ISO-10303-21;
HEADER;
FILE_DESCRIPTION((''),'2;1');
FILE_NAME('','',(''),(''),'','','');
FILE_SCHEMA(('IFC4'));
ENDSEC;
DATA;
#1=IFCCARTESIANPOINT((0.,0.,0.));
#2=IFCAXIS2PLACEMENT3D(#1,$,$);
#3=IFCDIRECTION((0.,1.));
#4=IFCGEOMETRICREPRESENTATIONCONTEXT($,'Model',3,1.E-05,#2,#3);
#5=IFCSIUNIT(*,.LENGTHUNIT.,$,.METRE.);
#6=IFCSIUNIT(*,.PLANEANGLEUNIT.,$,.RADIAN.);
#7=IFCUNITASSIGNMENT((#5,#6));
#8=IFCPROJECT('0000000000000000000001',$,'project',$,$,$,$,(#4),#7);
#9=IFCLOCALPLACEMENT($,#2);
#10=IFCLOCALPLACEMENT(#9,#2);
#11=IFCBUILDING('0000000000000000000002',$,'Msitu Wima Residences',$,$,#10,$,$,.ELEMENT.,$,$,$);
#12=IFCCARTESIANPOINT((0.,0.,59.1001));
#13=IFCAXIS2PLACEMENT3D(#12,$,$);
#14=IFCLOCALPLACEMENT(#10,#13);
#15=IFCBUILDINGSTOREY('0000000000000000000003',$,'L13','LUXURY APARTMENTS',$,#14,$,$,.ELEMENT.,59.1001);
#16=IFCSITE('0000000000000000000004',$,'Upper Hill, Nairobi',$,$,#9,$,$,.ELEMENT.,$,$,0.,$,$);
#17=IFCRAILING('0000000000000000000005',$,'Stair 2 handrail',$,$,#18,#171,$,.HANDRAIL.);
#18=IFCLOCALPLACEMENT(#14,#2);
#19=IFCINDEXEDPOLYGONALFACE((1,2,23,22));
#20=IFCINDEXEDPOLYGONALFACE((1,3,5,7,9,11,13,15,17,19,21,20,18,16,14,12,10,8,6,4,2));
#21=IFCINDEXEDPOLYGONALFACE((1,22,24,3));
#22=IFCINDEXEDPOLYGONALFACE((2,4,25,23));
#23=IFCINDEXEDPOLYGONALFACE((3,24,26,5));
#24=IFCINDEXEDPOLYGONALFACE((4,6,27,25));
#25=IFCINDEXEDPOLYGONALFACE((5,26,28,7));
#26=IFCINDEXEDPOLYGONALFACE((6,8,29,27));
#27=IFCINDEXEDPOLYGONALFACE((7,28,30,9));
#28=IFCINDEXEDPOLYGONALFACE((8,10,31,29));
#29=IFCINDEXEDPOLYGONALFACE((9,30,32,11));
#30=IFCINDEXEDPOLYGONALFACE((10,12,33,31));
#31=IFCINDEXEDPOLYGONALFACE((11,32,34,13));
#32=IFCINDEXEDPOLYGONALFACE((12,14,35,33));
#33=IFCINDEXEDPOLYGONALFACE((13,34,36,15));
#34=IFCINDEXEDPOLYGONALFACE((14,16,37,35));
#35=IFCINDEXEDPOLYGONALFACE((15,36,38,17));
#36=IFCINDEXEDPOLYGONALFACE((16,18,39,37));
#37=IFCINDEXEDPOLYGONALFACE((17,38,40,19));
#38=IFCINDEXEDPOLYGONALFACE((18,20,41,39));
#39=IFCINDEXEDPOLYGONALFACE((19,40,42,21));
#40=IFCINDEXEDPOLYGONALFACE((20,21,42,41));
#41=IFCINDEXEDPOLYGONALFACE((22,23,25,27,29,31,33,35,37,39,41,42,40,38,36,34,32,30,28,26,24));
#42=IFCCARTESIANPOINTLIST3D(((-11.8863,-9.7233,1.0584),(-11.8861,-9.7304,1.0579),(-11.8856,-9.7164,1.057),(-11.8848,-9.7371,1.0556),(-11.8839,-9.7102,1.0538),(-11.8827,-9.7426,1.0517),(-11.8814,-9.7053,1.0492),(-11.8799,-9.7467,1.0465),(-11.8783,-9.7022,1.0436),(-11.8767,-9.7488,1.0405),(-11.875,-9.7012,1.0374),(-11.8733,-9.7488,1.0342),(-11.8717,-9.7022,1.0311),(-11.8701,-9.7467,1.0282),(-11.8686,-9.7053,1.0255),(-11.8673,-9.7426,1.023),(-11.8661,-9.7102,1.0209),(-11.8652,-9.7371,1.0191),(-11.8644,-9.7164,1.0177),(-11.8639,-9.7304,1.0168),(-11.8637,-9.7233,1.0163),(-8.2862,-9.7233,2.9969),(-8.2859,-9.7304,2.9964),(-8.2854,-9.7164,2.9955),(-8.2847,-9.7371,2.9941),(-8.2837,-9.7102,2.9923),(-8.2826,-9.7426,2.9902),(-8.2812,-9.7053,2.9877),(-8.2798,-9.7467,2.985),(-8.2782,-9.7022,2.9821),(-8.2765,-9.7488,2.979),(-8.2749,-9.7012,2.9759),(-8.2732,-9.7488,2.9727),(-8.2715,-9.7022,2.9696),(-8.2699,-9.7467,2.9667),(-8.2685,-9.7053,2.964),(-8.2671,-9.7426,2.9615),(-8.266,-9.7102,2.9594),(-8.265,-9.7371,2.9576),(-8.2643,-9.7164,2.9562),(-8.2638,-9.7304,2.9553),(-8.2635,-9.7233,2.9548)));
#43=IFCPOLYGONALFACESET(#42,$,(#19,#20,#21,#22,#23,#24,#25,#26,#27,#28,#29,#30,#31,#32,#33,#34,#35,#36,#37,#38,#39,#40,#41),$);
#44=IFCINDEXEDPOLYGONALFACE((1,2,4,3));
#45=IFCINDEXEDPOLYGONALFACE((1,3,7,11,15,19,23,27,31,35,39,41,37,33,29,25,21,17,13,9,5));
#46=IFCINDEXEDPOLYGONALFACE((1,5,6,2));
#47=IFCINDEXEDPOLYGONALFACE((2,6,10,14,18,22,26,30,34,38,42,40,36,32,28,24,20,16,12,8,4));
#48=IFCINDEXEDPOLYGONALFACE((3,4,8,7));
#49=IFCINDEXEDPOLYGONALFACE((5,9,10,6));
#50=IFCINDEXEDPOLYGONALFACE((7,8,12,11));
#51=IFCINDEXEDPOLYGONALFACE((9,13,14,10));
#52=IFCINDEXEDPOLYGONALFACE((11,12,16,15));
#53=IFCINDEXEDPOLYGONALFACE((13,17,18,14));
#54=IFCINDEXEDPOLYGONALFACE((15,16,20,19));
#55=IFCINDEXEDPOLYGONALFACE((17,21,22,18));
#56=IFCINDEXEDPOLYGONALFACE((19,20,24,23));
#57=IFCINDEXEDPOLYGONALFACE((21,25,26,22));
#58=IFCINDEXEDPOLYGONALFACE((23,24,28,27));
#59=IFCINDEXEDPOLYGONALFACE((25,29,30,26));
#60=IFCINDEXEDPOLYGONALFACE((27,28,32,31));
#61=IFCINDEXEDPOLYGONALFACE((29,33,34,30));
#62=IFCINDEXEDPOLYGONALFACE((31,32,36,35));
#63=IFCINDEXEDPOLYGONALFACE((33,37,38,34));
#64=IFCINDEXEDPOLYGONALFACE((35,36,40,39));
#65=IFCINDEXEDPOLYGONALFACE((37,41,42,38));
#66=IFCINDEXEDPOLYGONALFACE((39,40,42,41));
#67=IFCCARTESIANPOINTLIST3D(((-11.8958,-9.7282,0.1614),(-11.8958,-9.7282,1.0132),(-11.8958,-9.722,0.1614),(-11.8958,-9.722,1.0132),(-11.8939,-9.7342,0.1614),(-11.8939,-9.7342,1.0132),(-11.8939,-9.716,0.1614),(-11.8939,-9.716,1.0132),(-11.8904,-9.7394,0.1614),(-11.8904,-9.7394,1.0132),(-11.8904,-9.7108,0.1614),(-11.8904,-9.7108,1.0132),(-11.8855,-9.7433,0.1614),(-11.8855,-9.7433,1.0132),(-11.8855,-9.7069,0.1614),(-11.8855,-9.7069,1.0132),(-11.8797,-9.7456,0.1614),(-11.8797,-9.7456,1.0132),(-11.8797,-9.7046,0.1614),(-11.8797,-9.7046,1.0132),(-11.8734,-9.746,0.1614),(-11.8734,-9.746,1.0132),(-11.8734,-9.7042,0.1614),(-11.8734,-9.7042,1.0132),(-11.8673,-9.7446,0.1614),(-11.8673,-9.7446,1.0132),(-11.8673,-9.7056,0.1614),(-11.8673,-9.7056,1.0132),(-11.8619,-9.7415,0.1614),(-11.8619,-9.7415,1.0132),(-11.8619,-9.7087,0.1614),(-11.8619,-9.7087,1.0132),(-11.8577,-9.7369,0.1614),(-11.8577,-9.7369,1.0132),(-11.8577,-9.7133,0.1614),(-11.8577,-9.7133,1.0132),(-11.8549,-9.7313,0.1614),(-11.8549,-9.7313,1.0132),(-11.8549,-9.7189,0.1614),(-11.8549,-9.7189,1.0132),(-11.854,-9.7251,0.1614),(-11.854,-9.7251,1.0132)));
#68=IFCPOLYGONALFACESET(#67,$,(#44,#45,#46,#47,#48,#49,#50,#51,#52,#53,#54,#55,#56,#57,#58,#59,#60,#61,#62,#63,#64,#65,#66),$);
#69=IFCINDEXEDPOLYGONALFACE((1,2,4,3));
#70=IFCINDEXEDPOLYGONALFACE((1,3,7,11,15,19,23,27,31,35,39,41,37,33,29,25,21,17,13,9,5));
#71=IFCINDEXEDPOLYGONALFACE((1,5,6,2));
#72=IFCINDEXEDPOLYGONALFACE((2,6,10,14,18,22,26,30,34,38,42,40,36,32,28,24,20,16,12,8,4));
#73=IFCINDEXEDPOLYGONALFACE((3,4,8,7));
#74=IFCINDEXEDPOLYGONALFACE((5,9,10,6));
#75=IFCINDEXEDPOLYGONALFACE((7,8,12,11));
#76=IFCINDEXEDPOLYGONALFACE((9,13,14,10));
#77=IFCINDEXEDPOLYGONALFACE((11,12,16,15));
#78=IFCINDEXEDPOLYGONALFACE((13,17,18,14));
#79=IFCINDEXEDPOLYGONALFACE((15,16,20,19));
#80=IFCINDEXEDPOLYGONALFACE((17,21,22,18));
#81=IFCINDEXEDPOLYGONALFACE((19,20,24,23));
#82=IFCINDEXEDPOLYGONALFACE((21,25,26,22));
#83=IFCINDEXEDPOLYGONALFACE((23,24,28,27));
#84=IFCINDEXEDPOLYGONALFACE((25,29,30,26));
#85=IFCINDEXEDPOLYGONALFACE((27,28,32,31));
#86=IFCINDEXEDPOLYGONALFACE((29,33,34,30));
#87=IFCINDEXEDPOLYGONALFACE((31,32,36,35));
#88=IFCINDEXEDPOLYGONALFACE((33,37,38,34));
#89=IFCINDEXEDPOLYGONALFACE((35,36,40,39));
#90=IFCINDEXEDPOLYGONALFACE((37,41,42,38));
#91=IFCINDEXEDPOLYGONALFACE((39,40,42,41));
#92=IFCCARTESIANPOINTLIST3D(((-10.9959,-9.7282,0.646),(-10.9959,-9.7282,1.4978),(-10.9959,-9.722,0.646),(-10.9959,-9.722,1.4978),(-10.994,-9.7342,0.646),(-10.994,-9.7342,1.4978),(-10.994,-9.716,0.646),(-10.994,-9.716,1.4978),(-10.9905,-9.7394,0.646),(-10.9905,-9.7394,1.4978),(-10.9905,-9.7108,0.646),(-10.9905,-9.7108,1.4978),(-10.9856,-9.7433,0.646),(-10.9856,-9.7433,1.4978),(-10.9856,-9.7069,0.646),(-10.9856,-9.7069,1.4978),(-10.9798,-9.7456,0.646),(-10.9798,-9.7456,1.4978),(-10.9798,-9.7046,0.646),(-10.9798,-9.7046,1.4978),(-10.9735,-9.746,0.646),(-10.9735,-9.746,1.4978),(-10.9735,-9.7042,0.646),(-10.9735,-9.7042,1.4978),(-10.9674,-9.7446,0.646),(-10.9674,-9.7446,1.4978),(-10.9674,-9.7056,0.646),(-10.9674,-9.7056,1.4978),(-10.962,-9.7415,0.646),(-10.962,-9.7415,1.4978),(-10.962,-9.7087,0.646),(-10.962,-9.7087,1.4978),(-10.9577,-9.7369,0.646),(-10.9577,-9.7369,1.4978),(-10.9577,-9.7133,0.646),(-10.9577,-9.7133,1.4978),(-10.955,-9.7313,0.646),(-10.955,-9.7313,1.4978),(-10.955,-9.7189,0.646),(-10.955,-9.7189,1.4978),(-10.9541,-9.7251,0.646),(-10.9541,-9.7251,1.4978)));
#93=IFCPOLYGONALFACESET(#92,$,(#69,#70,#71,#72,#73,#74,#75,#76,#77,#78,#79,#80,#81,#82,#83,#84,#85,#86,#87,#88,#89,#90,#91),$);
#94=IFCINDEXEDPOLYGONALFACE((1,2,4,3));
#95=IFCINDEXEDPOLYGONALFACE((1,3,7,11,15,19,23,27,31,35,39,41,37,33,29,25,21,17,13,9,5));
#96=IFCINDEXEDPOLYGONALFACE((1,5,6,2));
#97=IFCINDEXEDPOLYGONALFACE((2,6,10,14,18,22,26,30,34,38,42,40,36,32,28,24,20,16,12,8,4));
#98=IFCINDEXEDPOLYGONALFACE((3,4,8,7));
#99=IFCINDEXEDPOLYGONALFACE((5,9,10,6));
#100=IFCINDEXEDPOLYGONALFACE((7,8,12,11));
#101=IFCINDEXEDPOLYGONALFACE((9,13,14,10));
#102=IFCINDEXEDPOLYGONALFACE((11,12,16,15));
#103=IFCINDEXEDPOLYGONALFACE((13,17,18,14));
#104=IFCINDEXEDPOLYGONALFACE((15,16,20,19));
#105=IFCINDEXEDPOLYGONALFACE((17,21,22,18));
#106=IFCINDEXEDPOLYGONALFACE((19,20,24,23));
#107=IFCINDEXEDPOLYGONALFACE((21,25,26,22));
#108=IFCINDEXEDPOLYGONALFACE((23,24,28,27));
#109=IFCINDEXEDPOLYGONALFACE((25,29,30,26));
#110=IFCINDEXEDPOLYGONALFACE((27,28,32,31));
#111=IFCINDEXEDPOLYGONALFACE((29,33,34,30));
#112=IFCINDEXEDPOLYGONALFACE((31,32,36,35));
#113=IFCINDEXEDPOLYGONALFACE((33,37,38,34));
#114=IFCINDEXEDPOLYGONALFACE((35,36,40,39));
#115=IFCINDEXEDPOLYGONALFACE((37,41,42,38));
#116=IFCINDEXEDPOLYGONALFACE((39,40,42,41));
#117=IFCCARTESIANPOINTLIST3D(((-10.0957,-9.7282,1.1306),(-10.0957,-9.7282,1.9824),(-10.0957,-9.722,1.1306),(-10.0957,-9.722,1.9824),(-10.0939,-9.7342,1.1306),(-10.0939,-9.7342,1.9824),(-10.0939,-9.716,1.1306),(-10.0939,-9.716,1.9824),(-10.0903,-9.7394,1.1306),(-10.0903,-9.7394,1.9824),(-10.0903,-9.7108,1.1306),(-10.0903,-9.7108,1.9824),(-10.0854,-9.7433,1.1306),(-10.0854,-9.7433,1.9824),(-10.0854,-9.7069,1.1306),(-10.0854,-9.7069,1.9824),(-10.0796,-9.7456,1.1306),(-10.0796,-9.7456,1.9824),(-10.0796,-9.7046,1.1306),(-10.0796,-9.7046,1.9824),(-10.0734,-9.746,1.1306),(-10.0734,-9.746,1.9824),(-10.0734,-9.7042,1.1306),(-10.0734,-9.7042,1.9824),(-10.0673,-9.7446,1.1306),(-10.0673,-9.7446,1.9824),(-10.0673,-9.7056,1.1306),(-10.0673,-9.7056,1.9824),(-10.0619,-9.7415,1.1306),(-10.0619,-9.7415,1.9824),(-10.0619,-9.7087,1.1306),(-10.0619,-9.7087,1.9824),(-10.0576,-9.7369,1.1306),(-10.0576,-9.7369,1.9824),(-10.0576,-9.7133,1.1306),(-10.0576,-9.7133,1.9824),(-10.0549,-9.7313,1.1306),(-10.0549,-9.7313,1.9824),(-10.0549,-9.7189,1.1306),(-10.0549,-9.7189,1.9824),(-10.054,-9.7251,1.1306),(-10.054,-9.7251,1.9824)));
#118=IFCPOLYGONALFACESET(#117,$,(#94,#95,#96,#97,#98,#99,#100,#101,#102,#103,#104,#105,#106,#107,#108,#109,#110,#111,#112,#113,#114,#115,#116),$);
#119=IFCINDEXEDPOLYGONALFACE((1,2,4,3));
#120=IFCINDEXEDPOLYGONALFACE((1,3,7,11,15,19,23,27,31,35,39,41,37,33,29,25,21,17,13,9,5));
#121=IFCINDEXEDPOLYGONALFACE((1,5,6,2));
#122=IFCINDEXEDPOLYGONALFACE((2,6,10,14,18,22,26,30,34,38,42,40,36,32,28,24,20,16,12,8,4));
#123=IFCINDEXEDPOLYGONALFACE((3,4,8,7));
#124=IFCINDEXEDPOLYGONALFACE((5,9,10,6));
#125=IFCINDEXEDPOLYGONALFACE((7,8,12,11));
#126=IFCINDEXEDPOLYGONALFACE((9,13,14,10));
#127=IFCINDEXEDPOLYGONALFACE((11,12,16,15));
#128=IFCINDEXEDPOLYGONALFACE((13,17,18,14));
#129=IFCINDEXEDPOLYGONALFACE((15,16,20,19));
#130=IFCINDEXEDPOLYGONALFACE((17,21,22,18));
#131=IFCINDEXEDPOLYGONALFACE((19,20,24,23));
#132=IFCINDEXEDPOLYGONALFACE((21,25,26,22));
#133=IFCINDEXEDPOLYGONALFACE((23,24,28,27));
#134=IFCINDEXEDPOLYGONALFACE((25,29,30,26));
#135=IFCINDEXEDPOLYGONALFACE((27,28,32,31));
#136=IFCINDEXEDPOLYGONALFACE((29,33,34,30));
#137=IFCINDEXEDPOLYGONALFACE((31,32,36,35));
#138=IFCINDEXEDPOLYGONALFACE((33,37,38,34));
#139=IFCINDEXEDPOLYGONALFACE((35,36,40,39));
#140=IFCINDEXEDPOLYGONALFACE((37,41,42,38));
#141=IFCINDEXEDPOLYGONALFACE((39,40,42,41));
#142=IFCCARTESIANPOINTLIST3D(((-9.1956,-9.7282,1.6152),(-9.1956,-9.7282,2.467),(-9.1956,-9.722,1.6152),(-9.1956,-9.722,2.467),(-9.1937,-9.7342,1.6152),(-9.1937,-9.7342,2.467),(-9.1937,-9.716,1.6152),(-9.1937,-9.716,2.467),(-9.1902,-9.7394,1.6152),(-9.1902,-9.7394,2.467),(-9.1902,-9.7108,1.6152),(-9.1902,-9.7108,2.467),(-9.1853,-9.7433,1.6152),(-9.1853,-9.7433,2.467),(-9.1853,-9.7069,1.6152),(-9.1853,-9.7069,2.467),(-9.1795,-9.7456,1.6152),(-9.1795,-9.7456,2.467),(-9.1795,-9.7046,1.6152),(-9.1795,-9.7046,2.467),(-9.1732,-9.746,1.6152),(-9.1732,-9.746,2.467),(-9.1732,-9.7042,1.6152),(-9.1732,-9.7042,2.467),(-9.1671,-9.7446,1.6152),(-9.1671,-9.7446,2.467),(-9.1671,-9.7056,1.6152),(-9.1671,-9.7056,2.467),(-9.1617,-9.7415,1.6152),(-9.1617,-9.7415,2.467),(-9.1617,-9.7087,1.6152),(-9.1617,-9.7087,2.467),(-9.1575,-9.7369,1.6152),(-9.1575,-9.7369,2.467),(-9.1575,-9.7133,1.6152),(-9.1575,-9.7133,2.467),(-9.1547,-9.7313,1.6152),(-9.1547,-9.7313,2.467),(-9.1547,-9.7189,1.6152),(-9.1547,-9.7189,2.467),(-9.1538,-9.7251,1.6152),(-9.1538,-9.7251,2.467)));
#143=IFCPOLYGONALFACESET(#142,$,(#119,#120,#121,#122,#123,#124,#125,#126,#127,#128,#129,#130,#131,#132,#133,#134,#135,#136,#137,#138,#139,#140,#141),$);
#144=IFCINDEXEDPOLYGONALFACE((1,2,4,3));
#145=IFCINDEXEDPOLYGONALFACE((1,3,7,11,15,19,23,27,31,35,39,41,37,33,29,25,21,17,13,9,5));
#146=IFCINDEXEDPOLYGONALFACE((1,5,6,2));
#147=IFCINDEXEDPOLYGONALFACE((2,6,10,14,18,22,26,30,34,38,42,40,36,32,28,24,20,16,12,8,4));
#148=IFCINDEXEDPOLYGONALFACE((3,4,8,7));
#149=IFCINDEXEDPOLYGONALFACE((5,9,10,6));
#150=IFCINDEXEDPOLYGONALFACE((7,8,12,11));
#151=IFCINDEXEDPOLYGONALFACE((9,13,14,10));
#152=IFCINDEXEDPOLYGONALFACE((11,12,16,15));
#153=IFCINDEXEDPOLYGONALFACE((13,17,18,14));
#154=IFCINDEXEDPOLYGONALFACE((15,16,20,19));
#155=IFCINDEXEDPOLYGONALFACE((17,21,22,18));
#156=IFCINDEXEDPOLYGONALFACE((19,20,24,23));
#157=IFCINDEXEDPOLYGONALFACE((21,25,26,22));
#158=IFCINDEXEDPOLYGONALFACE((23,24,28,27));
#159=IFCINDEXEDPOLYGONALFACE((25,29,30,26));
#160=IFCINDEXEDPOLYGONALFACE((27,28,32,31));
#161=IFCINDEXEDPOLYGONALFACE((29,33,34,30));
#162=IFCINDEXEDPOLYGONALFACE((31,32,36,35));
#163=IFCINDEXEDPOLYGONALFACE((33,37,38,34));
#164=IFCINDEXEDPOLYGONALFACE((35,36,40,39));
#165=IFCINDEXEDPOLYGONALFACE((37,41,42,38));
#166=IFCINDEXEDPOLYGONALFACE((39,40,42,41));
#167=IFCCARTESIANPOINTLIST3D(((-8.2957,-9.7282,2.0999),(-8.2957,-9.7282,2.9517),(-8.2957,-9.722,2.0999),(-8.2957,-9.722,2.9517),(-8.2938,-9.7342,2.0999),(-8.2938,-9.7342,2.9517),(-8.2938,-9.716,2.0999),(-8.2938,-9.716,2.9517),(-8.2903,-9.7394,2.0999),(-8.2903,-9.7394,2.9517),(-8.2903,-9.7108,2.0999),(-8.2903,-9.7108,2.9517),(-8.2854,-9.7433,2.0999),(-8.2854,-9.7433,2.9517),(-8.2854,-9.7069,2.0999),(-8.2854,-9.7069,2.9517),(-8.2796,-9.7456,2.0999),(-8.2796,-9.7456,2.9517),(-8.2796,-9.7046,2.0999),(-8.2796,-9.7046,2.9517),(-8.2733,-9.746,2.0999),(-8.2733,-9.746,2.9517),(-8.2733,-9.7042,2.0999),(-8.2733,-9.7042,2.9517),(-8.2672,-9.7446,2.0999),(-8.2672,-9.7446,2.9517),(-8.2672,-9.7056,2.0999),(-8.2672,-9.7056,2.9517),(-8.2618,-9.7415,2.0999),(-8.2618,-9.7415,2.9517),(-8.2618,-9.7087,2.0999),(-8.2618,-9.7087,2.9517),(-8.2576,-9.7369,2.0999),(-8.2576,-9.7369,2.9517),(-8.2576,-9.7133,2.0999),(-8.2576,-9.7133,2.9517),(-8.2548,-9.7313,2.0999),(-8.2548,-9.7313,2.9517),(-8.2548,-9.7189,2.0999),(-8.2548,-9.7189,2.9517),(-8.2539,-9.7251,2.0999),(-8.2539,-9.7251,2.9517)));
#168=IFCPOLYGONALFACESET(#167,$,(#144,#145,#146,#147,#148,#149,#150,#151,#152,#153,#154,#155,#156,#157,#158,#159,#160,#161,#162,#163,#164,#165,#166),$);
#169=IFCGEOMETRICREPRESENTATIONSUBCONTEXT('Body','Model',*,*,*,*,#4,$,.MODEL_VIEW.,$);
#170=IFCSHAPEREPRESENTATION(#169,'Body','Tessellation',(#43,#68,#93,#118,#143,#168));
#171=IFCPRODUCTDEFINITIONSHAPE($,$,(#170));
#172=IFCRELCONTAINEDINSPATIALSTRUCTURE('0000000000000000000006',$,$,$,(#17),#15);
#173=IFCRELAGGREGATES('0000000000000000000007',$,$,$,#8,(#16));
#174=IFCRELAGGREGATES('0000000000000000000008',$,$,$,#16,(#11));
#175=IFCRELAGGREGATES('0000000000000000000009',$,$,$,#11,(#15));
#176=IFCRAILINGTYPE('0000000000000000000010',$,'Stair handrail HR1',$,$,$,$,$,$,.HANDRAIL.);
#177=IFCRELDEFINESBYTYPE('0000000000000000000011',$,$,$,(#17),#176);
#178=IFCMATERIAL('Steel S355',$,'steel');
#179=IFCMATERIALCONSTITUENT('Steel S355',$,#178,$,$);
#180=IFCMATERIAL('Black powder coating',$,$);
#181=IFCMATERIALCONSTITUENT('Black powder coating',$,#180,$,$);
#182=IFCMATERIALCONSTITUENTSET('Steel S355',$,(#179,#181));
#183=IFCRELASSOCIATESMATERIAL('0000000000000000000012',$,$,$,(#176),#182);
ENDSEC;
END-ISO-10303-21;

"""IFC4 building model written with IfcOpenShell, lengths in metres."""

from ifc_helpers import new_model, si_unit, direction, frame, origin, origin_2d, place, context, subcontext, project, spatial, circle, extrude, material, constituent, constituent_set, type_object, element, save


model = new_model("IFC4")

# Units and contexts
model_context = context("Model", 3, precision=1e-05, world=origin(), true_north=direction((0.0, 1.0)))
body_context = subcontext(model_context, "Body", "Model", "MODEL_VIEW")
ifc_project = project(units=[si_unit("LENGTHUNIT", "METRE"), si_unit("PLANEANGLEUNIT", "RADIAN")], contexts=[model_context])

# Site, building, storey
site_placement = place(None, origin())
site = spatial("IfcSite", under=ifc_project, at=site_placement, Name="Upper Hill, Nairobi", CompositionType="ELEMENT", RefElevation=0.0)
building_placement = place(site_placement, origin())
building = spatial("IfcBuilding", under=site, at=building_placement, Name="Msitu Wima Residences", CompositionType="ELEMENT")
storey_placement = place(building_placement, frame((0.0, 0.0, 59.1001)))
storey = spatial("IfcBuildingStorey", under=building, at=storey_placement, Name="L13", Description="LUXURY APARTMENTS", CompositionType="ELEMENT", Elevation=59.1001)

# Railing
ifc_material_1 = material(Name="Steel S355", Category="steel")
ifc_constituent_1 = constituent(ifc_material_1, Name="Steel S355")
ifc_material_2 = material(Name="Black powder coating")
ifc_constituent_2 = constituent(ifc_material_2, Name="Black powder coating")
ifc_constituent_set = constituent_set(constituents=[ifc_constituent_1, ifc_constituent_2], Name="Steel S355")
railing_type = type_object("IfcRailingType", Name="Stair handrail HR1", PredefinedType="HANDRAIL", material=ifc_constituent_set)
for number, where, name in (
    (1, (-11.875, -9.7251, 0.1614), "Stair 2 handrail"),
):
    element("IfcRailing", number, at=place(storey_placement, frame(where)), inside=storey, type_object=railing_type, Name=name, PredefinedType="HANDRAIL", context=body_context, shape_type="SweptSolid", body=[
        extrude(circle(Radius=0.0239, at=origin_2d()), frame((0.0, 0.0, 0.876), z_axis=(0.880475, 0.0, 0.474093), x_axis=(0.0, 1.0, 0.0)), (0.0, 0.0, 1.0), 4.0889),
        extrude(circle(Radius=0.021, at=origin_2d()), origin(), (0.0, 0.0, 1.0), 0.8518),
        extrude(circle(Radius=0.021, at=origin_2d()), frame((0.8999, 0.0, 0.4846)), (0.0, 0.0, 1.0), 0.8518),
        extrude(circle(Radius=0.021, at=origin_2d()), frame((1.8, 0.0, 0.9692)), (0.0, 0.0, 1.0), 0.8518),
        extrude(circle(Radius=0.021, at=origin_2d()), frame((2.7002, 0.0, 1.4539)), (0.0, 0.0, 1.0), 0.8518),
        extrude(circle(Radius=0.021, at=origin_2d()), frame((3.6001, 0.0, 1.9385)), (0.0, 0.0, 1.0), 0.8518),
    ])

save(model, "model.ifc")
